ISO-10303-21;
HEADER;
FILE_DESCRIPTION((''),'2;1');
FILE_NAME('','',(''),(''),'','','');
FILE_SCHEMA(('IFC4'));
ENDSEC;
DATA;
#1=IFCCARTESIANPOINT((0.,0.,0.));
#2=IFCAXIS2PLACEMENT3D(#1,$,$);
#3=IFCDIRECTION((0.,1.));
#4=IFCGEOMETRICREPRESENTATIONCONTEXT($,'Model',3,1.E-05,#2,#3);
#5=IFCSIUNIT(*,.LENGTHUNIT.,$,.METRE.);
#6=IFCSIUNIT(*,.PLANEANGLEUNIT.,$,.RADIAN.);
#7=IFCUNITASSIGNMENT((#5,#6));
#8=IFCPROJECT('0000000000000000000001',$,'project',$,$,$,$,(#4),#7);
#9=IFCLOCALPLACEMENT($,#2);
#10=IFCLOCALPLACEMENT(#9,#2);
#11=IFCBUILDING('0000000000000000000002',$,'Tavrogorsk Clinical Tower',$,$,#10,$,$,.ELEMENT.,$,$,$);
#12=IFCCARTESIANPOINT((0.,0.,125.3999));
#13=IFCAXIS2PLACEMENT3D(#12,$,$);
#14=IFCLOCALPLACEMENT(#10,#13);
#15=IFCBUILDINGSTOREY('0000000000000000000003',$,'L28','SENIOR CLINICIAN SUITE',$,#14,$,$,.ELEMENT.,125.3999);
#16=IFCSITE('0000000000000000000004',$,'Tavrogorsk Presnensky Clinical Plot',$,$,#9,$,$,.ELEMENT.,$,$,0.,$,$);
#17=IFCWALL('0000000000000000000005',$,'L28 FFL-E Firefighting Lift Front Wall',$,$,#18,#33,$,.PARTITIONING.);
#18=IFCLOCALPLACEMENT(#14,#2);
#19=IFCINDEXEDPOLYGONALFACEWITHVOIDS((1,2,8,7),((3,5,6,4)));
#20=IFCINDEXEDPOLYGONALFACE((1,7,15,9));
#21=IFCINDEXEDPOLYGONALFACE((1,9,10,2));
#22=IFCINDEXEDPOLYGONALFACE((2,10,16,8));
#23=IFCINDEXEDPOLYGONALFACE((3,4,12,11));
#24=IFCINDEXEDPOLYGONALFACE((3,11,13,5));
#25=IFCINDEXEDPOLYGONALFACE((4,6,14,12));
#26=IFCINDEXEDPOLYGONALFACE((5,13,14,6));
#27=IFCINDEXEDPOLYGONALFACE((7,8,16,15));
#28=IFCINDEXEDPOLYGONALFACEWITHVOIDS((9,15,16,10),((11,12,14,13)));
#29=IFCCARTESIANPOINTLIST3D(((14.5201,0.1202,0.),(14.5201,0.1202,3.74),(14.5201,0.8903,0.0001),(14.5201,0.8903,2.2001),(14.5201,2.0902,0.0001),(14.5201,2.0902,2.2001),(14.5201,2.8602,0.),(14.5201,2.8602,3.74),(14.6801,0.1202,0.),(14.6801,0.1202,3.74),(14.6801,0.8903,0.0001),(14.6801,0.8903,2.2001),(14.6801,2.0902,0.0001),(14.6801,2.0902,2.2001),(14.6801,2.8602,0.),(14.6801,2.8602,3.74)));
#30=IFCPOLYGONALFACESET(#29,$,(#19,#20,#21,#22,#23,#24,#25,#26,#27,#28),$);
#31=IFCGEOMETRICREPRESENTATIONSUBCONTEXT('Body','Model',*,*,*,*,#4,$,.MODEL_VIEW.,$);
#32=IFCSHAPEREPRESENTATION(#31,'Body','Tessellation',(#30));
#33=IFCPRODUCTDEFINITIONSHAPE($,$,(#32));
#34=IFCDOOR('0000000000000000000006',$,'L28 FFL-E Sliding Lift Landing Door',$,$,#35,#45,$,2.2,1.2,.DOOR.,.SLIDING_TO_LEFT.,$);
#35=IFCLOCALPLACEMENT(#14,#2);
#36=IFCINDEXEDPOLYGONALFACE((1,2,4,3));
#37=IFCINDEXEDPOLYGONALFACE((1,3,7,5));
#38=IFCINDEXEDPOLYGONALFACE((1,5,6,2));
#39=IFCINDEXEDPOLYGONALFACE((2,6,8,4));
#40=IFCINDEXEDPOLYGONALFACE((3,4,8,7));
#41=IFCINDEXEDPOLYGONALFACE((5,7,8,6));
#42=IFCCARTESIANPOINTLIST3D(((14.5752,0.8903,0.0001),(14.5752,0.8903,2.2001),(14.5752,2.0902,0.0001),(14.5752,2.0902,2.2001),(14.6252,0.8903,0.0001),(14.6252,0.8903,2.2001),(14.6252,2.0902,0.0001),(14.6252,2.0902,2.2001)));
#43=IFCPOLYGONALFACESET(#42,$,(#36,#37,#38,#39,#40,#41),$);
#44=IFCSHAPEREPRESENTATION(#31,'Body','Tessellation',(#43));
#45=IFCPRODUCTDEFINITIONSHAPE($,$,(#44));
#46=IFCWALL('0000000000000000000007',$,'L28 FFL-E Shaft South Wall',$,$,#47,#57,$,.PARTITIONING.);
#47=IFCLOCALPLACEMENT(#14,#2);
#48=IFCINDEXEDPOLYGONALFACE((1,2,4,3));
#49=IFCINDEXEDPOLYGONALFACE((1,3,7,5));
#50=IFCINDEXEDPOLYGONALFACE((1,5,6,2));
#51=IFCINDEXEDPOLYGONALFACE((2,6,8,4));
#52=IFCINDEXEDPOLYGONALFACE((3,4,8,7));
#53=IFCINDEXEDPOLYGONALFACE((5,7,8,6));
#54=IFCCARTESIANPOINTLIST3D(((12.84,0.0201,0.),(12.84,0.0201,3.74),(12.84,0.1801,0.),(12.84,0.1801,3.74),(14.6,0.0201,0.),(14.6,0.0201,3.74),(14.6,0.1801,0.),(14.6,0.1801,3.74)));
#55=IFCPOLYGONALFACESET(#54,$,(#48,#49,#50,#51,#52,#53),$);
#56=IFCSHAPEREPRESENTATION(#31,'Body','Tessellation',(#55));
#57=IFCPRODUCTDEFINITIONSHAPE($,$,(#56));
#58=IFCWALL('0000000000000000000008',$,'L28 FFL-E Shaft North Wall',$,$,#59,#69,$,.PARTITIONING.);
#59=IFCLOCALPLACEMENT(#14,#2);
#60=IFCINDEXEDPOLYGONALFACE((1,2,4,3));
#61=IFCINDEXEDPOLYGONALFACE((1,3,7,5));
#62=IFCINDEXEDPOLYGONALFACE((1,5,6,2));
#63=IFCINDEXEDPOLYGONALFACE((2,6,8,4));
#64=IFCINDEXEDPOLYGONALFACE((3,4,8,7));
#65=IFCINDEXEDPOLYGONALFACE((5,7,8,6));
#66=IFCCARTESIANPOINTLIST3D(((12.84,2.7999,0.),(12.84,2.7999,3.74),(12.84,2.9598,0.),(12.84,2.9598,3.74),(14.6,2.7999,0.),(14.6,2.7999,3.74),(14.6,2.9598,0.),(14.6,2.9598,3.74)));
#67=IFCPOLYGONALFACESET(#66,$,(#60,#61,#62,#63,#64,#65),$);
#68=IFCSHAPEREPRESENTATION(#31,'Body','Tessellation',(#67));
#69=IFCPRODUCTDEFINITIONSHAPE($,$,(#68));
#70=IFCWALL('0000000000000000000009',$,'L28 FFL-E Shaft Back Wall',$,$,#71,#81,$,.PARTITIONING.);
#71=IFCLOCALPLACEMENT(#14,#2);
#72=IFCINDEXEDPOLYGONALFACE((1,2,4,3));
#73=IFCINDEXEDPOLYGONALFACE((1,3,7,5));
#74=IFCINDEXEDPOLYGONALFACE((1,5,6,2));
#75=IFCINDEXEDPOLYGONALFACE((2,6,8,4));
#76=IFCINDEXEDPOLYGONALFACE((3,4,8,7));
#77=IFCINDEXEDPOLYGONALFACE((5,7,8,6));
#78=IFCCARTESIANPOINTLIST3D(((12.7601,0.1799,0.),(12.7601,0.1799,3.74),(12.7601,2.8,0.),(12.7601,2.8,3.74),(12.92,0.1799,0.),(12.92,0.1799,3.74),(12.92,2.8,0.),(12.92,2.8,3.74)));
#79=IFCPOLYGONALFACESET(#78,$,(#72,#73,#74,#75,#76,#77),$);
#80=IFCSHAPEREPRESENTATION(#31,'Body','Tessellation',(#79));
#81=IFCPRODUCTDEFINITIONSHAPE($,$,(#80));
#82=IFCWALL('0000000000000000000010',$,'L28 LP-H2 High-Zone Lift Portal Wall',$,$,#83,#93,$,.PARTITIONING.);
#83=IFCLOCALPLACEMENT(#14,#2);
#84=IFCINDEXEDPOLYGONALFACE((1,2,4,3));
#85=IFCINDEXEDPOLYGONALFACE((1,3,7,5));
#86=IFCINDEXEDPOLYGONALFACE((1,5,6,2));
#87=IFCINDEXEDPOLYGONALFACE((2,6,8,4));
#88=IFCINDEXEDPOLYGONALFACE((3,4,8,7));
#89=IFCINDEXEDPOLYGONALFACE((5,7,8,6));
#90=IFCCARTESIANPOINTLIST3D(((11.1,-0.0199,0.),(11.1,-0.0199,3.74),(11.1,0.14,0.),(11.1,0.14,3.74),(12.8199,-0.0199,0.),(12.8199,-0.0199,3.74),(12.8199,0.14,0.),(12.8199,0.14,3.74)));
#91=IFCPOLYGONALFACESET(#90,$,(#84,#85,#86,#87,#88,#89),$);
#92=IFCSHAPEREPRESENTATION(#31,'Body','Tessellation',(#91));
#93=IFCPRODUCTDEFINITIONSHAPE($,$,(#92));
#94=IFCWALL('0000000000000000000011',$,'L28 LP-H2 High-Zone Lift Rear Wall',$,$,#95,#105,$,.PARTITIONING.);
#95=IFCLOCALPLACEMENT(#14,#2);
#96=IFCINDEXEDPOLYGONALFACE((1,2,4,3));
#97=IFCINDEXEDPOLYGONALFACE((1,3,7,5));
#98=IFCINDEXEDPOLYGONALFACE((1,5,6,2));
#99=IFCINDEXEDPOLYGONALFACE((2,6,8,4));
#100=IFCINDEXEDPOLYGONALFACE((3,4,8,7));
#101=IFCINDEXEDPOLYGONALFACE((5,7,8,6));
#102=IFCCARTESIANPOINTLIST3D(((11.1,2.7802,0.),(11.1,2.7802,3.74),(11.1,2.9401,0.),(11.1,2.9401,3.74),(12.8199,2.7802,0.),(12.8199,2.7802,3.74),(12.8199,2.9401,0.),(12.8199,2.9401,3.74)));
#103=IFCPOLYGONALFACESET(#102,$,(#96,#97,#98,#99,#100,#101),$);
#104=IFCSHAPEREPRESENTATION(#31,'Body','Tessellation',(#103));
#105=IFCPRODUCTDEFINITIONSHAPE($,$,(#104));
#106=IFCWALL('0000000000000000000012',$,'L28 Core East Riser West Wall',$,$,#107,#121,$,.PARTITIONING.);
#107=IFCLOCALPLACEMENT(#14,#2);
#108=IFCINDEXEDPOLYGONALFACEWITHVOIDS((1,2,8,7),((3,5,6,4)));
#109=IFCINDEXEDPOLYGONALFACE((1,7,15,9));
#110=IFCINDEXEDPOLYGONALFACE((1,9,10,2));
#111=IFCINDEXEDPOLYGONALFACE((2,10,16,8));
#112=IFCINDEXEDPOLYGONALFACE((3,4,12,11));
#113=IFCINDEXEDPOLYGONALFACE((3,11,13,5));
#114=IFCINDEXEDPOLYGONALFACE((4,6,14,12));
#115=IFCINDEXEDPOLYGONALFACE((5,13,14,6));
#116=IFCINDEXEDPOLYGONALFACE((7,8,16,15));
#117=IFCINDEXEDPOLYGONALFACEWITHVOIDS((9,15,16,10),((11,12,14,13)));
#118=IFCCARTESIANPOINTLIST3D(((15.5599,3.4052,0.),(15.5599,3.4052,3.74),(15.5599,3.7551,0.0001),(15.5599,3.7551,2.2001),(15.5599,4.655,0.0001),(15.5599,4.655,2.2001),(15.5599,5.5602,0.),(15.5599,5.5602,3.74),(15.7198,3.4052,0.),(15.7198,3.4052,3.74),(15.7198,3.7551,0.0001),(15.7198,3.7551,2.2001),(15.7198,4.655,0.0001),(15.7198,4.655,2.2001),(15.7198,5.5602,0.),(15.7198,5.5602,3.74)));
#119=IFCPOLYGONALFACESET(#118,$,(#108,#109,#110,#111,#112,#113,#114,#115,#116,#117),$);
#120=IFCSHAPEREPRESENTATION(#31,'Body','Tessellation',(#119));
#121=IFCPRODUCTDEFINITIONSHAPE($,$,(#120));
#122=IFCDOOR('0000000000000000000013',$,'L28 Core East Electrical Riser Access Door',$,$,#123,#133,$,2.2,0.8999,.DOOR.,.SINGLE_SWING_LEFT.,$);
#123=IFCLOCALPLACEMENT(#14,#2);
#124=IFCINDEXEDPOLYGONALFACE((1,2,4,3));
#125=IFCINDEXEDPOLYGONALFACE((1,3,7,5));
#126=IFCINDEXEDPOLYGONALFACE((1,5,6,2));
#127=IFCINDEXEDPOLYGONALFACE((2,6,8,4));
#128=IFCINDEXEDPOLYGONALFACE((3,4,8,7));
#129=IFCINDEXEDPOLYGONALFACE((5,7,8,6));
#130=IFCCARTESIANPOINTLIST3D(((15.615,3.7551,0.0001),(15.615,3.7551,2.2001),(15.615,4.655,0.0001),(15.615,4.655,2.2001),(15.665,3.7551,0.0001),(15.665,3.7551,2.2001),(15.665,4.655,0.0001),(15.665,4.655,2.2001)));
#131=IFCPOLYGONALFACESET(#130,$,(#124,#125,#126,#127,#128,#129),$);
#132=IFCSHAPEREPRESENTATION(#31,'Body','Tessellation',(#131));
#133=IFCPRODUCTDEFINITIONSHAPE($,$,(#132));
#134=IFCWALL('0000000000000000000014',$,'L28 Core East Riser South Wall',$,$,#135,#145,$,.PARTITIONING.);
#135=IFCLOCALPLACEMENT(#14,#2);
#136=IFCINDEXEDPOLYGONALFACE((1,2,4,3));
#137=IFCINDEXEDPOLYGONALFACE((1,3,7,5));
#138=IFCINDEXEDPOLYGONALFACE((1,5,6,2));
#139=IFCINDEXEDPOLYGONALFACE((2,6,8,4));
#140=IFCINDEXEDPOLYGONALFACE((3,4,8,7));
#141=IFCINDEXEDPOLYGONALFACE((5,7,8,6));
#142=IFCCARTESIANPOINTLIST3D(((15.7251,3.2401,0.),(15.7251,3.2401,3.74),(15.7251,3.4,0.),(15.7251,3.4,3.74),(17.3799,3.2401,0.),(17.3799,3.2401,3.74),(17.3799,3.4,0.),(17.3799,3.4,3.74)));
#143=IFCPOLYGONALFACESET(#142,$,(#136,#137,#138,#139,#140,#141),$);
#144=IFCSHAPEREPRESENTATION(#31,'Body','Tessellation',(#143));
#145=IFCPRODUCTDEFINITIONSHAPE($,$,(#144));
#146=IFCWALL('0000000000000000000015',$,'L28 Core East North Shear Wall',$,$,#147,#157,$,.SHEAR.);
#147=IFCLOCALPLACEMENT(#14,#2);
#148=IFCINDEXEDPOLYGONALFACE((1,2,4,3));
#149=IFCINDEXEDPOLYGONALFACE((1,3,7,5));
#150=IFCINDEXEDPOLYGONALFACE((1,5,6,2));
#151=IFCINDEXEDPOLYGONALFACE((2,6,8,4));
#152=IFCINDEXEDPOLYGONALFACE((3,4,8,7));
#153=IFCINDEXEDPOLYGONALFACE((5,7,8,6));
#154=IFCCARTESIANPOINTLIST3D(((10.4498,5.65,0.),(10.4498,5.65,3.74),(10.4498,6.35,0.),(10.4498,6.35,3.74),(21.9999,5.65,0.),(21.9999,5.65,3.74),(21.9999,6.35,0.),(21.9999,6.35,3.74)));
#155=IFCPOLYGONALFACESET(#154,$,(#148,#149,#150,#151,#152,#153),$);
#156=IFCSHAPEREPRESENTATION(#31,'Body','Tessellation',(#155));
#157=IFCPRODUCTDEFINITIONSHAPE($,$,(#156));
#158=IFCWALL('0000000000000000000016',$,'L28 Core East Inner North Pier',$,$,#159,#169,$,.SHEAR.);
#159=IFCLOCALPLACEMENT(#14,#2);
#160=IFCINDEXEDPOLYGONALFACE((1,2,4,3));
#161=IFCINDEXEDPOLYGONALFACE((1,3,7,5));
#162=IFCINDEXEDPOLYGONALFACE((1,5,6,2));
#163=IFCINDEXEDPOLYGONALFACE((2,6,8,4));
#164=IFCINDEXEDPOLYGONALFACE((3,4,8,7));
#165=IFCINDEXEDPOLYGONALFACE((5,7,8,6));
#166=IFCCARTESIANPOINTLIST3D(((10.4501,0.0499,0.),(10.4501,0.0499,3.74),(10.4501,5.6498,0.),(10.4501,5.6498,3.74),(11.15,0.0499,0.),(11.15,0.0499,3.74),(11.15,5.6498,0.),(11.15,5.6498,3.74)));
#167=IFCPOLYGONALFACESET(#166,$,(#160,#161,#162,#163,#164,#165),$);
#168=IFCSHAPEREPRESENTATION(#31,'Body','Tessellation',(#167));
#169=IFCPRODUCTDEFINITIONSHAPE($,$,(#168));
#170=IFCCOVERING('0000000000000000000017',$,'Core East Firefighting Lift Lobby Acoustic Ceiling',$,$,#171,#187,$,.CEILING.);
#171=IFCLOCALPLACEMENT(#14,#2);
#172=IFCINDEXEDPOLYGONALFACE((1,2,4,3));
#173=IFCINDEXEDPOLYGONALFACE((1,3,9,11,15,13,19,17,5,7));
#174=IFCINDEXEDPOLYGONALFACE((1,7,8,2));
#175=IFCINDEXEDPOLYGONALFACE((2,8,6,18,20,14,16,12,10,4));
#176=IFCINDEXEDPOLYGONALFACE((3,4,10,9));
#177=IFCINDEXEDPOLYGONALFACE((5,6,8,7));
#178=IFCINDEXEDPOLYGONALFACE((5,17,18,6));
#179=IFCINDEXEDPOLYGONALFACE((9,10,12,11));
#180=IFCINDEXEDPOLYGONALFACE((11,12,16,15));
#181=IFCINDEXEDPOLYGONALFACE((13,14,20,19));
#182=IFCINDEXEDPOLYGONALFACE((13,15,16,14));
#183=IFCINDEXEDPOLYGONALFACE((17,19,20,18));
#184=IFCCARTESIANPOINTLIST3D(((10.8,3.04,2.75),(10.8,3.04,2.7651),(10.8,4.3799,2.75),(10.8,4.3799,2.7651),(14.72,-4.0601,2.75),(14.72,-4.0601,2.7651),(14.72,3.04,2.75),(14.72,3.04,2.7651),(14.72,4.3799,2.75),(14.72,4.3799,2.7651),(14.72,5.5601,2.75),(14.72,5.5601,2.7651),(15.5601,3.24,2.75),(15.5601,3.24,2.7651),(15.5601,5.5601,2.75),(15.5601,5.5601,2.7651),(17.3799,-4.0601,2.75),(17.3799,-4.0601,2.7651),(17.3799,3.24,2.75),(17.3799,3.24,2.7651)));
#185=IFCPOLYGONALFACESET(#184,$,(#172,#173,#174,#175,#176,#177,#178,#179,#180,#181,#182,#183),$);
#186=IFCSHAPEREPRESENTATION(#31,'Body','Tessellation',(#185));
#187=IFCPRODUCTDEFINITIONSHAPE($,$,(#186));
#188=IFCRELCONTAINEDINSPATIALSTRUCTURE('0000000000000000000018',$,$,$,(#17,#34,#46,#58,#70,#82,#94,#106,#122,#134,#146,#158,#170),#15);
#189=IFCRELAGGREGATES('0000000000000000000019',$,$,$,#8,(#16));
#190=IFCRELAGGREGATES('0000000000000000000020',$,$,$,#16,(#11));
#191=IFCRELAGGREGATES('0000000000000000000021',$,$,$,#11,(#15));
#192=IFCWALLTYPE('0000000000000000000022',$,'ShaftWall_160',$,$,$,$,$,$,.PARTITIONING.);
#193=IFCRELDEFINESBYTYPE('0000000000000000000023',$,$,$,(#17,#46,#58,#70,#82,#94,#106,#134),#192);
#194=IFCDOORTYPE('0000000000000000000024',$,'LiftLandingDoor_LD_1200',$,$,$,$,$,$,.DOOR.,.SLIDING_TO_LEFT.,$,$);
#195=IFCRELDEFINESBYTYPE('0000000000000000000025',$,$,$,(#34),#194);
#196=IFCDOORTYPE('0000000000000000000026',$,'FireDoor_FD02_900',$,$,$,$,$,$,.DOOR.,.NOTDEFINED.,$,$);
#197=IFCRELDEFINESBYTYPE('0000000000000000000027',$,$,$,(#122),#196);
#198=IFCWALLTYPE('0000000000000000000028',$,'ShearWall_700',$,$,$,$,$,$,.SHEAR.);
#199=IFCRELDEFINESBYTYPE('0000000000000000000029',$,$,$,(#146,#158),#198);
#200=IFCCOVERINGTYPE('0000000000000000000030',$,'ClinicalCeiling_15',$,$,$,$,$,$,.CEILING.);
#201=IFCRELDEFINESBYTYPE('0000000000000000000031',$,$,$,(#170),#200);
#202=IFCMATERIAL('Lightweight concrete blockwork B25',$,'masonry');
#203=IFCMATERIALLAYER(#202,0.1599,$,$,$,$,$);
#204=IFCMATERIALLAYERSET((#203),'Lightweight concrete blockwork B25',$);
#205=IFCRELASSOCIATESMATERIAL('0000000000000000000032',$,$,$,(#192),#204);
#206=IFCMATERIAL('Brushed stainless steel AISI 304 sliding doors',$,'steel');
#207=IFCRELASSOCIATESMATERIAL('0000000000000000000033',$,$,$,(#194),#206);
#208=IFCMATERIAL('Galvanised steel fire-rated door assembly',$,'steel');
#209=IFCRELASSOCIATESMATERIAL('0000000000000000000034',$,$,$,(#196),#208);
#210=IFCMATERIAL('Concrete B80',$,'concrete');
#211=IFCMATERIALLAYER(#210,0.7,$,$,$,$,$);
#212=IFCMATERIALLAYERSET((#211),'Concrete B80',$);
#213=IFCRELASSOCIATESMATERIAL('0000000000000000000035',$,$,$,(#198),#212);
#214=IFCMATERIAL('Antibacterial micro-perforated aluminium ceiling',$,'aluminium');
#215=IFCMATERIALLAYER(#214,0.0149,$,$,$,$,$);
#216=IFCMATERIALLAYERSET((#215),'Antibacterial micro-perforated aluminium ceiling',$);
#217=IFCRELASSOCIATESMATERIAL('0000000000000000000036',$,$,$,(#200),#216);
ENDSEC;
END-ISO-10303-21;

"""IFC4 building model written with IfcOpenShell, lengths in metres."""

from ifc_helpers import new_model, si_unit, direction, frame, frame_2d, origin, place, context, subcontext, project, spatial, polyline, rectangle, outline, extrude, material, layer, layer_set, type_object, element, fill, save


model = new_model("IFC4")

# Units and contexts
model_context = context("Model", 3, precision=1e-05, world=origin(), true_north=direction((0.0, 1.0)))
body_context = subcontext(model_context, "Body", "Model", "MODEL_VIEW")
ifc_project = project(units=[si_unit("LENGTHUNIT", "METRE"), si_unit("PLANEANGLEUNIT", "RADIAN")], contexts=[model_context])

# Site, building, storey
site_placement = place(None, origin())
site = spatial("IfcSite", under=ifc_project, at=site_placement, Name="Tavrogorsk Presnensky Clinical Plot", CompositionType="ELEMENT", RefElevation=0.0)
building_placement = place(site_placement, origin())
building = spatial("IfcBuilding", under=site, at=building_placement, Name="Tavrogorsk Clinical Tower", CompositionType="ELEMENT")
storey_placement = place(building_placement, frame((0.0, 0.0, 125.3999)))
storey = spatial("IfcBuildingStorey", under=building, at=storey_placement, Name="L28", Description="SENIOR CLINICIAN SUITE", CompositionType="ELEMENT", Elevation=125.3999)

# Wall, opening, door
ifc_material_1 = material(Name="Lightweight concrete blockwork B25", Category="masonry")
ifc_layer_1 = layer(ifc_material_1, 0.1599)
ifc_layer_set_1 = layer_set([ifc_layer_1], Name="Lightweight concrete blockwork B25")
wall_type_1 = type_object("IfcWallType", Name="ShaftWall_160", PredefinedType="PARTITIONING", material=ifc_layer_set_1)
wall_1_placement = place(storey_placement, frame((14.6001, 0.1201, 0.0), z_axis=(0.0, 0.0, 1.0), x_axis=(0.0, 1.0, 0.0)))
wall_1 = element("IfcWall", 1, at=wall_1_placement, inside=storey, type_object=wall_type_1, Name="L28 FFL-E Firefighting Lift Front Wall", PredefinedType="PARTITIONING", context=body_context, shape_type="SweptSolid", body=[
    extrude(rectangle(XDim=2.74, YDim=0.1599, at=frame_2d((1.3701, 0.0))), origin(), (0.0, 0.0, 1.0), 3.74),
])
opening_1_placement = place(wall_1_placement, frame((0.77, 0.0, 0.0)))
opening_1 = element("IfcOpeningElement", 2, at=opening_1_placement, cuts=wall_1, PredefinedType="OPENING", context=body_context, shape_type="SweptSolid", body=[
    extrude(rectangle(XDim=1.2, YDim=2.2, at=frame_2d((0.6001, 1.1001))), frame((0.0, 0.0898, 0.0), z_axis=(0.0, -1.0, 0.0), x_axis=(1.0, 0.0, 0.0)), (0.0, 0.0, 1.0), 0.1799),
])
ifc_material_2 = material(Name="Brushed stainless steel AISI 304 sliding doors", Category="steel")
door_type_1 = type_object("IfcDoorType", Name="LiftLandingDoor_LD_1200", OperationType="SLIDING_TO_LEFT", PredefinedType="DOOR", material=ifc_material_2)
door_1_placement = place(opening_1_placement, origin())
door_1 = element("IfcDoor", 3, at=door_1_placement, inside=storey, type_object=door_type_1, Name="L28 FFL-E Sliding Lift Landing Door", OperationType="SLIDING_TO_LEFT", OverallHeight=2.2, OverallWidth=1.2, PredefinedType="DOOR", context=body_context, shape_type="SweptSolid", body=[
    extrude(rectangle(XDim=1.2, YDim=2.2, at=frame_2d((0.6001, 1.1001))), frame((0.0, 0.0249, 0.0), z_axis=(0.0, -1.0, 0.0), x_axis=(1.0, 0.0, 0.0)), (0.0, 0.0, 1.0), 0.05),
])
fill(opening_1, door_1)

# Walls
for number, where, z_axis, x_axis, name in (
    (4, (12.8401, 0.1001, 0.0), (0.0, 0.0, 1.0), (1.0, 0.0, 0.0), "L28 FFL-E Shaft South Wall"),
    (5, (12.8401, 2.8799, 0.0), (0.0, 0.0, 1.0), (1.0, 0.0, 0.0), "L28 FFL-E Shaft North Wall"),
):
    element("IfcWall", number, at=place(storey_placement, frame(where, z_axis=z_axis, x_axis=x_axis)), inside=storey, type_object=wall_type_1, Name=name, PredefinedType="PARTITIONING", context=body_context, shape_type="SweptSolid", body=[
        extrude(rectangle(XDim=1.76, YDim=0.1599, at=frame_2d((0.8799, 0.0))), origin(), (0.0, 0.0, 1.0), 3.74),
    ])
wall_2_placement = place(storey_placement, frame((12.8401, 0.1799, 0.0), z_axis=(0.0, 0.0, 1.0), x_axis=(0.0, 1.0, 0.0)))
element("IfcWall", 6, at=wall_2_placement, inside=storey, type_object=wall_type_1, Name="L28 FFL-E Shaft Back Wall", PredefinedType="PARTITIONING", context=body_context, shape_type="SweptSolid", body=[
    extrude(rectangle(XDim=2.6201, YDim=0.1599, at=frame_2d((1.3101, 0.0))), origin(), (0.0, 0.0, 1.0), 3.74),
])
for number, where, z_axis, x_axis, name in (
    (7, (11.1001, 0.0601, 0.0), (0.0, 0.0, 1.0), (1.0, 0.0, 0.0), "L28 LP-H2 High-Zone Lift Portal Wall"),
    (8, (11.1001, 2.8601, 0.0), (0.0, 0.0, 1.0), (1.0, 0.0, 0.0), "L28 LP-H2 High-Zone Lift Rear Wall"),
):
    element("IfcWall", number, at=place(storey_placement, frame(where, z_axis=z_axis, x_axis=x_axis)), inside=storey, type_object=wall_type_1, Name=name, PredefinedType="PARTITIONING", context=body_context, shape_type="SweptSolid", body=[
        extrude(rectangle(XDim=1.72, YDim=0.1599, at=frame_2d((0.8599, 0.0))), origin(), (0.0, 0.0, 1.0), 3.74),
    ])

# Wall, opening, door
wall_3_placement = place(storey_placement, frame((15.6399, 3.405, 0.0), z_axis=(0.0, 0.0, 1.0), x_axis=(0.0, 1.0, 0.0)))
wall_3 = element("IfcWall", 9, at=wall_3_placement, inside=storey, type_object=wall_type_1, Name="L28 Core East Riser West Wall", PredefinedType="PARTITIONING", context=body_context, shape_type="SweptSolid", body=[
    extrude(rectangle(XDim=2.155, YDim=0.1599, at=frame_2d((1.0776, 0.0))), origin(), (0.0, 0.0, 1.0), 3.74),
])
opening_2_placement = place(wall_3_placement, frame((0.3501, 0.0, 0.0)))
opening_2 = element("IfcOpeningElement", 10, at=opening_2_placement, cuts=wall_3, PredefinedType="OPENING", context=body_context, shape_type="SweptSolid", body=[
    extrude(rectangle(XDim=0.8999, YDim=2.2, at=frame_2d((0.45, 1.1001))), frame((0.0, 0.0898, 0.0), z_axis=(0.0, -1.0, 0.0), x_axis=(1.0, 0.0, 0.0)), (0.0, 0.0, 1.0), 0.1799),
])
ifc_material_3 = material(Name="Galvanised steel fire-rated door assembly", Category="steel")
door_type_2 = type_object("IfcDoorType", Name="FireDoor_FD02_900", OperationType="NOTDEFINED", PredefinedType="DOOR", material=ifc_material_3)
door_2_placement = place(opening_2_placement, origin())
door_2 = element("IfcDoor", 11, at=door_2_placement, inside=storey, type_object=door_type_2, Name="L28 Core East Electrical Riser Access Door", OperationType="SINGLE_SWING_LEFT", OverallHeight=2.2, OverallWidth=0.8999, PredefinedType="DOOR", context=body_context, shape_type="SweptSolid", body=[
    extrude(rectangle(XDim=0.8999, YDim=2.2, at=frame_2d((0.45, 1.1001))), frame((0.0, 0.0249, 0.0), z_axis=(0.0, -1.0, 0.0), x_axis=(1.0, 0.0, 0.0)), (0.0, 0.0, 1.0), 0.05),
])
fill(opening_2, door_2)

# Walls
wall_4_placement = place(storey_placement, frame((15.7251, 3.3201, 0.0), z_axis=(0.0, 0.0, 1.0), x_axis=(1.0, 0.0, 0.0)))
element("IfcWall", 12, at=wall_4_placement, inside=storey, type_object=wall_type_1, Name="L28 Core East Riser South Wall", PredefinedType="PARTITIONING", context=body_context, shape_type="SweptSolid", body=[
    extrude(rectangle(XDim=1.6548, YDim=0.1599, at=frame_2d((0.8274, 0.0))), origin(), (0.0, 0.0, 1.0), 3.74),
])
ifc_material_4 = material(Name="Concrete B80", Category="concrete")
ifc_layer_2 = layer(ifc_material_4, 0.7)
ifc_layer_set_2 = layer_set([ifc_layer_2], Name="Concrete B80")
wall_type_2 = type_object("IfcWallType", Name="ShearWall_700", PredefinedType="SHEAR", material=ifc_layer_set_2)
wall_5_placement = place(storey_placement, frame((10.45, 6.0, 0.0), z_axis=(0.0, 0.0, 1.0), x_axis=(1.0, 0.0, 0.0)))
element("IfcWall", 13, at=wall_5_placement, inside=storey, type_object=wall_type_2, Name="L28 Core East North Shear Wall", PredefinedType="SHEAR", context=body_context, shape_type="SweptSolid", body=[
    extrude(rectangle(XDim=11.55, YDim=0.7, at=frame_2d((5.7749, 0.0))), origin(), (0.0, 0.0, 1.0), 3.74),
])
wall_6_placement = place(storey_placement, frame((10.8, 0.05, 0.0), z_axis=(0.0, 0.0, 1.0), x_axis=(0.0, 1.0, 0.0)))
element("IfcWall", 14, at=wall_6_placement, inside=storey, type_object=wall_type_2, Name="L28 Core East Inner North Pier", PredefinedType="SHEAR", context=body_context, shape_type="SweptSolid", body=[
    extrude(rectangle(XDim=5.5999, YDim=0.7, at=frame_2d((2.7998, 0.0))), origin(), (0.0, 0.0, 1.0), 3.74),
])

# Covering
ifc_material_5 = material(Name="Antibacterial micro-perforated aluminium ceiling", Category="aluminium")
ifc_layer_3 = layer(ifc_material_5, 0.0149)
ifc_layer_set_3 = layer_set([ifc_layer_3], Name="Antibacterial micro-perforated aluminium ceiling")
covering_type = type_object("IfcCoveringType", Name="ClinicalCeiling_15", PredefinedType="CEILING", material=ifc_layer_set_3)
covering_placement = place(storey_placement, frame((0.0, 0.0, 2.75)))
element("IfcCovering", 15, at=covering_placement, inside=storey, type_object=covering_type, Name="Core East Firefighting Lift Lobby Acoustic Ceiling", PredefinedType="CEILING", context=body_context, shape_type="SweptSolid", body=[
    extrude(outline(polyline([(14.72, -4.0601), (14.72, 3.04), (10.8, 3.04), (10.8, 4.3799), (14.72, 4.3799), (14.72, 5.5601), (15.5601, 5.5601), (15.5601, 3.24), (17.3799, 3.24), (17.3799, -4.0601), (14.72, -4.0601)])), origin(), (0.0, 0.0, 1.0), 0.0151),
])

save(model, "model.ifc")
